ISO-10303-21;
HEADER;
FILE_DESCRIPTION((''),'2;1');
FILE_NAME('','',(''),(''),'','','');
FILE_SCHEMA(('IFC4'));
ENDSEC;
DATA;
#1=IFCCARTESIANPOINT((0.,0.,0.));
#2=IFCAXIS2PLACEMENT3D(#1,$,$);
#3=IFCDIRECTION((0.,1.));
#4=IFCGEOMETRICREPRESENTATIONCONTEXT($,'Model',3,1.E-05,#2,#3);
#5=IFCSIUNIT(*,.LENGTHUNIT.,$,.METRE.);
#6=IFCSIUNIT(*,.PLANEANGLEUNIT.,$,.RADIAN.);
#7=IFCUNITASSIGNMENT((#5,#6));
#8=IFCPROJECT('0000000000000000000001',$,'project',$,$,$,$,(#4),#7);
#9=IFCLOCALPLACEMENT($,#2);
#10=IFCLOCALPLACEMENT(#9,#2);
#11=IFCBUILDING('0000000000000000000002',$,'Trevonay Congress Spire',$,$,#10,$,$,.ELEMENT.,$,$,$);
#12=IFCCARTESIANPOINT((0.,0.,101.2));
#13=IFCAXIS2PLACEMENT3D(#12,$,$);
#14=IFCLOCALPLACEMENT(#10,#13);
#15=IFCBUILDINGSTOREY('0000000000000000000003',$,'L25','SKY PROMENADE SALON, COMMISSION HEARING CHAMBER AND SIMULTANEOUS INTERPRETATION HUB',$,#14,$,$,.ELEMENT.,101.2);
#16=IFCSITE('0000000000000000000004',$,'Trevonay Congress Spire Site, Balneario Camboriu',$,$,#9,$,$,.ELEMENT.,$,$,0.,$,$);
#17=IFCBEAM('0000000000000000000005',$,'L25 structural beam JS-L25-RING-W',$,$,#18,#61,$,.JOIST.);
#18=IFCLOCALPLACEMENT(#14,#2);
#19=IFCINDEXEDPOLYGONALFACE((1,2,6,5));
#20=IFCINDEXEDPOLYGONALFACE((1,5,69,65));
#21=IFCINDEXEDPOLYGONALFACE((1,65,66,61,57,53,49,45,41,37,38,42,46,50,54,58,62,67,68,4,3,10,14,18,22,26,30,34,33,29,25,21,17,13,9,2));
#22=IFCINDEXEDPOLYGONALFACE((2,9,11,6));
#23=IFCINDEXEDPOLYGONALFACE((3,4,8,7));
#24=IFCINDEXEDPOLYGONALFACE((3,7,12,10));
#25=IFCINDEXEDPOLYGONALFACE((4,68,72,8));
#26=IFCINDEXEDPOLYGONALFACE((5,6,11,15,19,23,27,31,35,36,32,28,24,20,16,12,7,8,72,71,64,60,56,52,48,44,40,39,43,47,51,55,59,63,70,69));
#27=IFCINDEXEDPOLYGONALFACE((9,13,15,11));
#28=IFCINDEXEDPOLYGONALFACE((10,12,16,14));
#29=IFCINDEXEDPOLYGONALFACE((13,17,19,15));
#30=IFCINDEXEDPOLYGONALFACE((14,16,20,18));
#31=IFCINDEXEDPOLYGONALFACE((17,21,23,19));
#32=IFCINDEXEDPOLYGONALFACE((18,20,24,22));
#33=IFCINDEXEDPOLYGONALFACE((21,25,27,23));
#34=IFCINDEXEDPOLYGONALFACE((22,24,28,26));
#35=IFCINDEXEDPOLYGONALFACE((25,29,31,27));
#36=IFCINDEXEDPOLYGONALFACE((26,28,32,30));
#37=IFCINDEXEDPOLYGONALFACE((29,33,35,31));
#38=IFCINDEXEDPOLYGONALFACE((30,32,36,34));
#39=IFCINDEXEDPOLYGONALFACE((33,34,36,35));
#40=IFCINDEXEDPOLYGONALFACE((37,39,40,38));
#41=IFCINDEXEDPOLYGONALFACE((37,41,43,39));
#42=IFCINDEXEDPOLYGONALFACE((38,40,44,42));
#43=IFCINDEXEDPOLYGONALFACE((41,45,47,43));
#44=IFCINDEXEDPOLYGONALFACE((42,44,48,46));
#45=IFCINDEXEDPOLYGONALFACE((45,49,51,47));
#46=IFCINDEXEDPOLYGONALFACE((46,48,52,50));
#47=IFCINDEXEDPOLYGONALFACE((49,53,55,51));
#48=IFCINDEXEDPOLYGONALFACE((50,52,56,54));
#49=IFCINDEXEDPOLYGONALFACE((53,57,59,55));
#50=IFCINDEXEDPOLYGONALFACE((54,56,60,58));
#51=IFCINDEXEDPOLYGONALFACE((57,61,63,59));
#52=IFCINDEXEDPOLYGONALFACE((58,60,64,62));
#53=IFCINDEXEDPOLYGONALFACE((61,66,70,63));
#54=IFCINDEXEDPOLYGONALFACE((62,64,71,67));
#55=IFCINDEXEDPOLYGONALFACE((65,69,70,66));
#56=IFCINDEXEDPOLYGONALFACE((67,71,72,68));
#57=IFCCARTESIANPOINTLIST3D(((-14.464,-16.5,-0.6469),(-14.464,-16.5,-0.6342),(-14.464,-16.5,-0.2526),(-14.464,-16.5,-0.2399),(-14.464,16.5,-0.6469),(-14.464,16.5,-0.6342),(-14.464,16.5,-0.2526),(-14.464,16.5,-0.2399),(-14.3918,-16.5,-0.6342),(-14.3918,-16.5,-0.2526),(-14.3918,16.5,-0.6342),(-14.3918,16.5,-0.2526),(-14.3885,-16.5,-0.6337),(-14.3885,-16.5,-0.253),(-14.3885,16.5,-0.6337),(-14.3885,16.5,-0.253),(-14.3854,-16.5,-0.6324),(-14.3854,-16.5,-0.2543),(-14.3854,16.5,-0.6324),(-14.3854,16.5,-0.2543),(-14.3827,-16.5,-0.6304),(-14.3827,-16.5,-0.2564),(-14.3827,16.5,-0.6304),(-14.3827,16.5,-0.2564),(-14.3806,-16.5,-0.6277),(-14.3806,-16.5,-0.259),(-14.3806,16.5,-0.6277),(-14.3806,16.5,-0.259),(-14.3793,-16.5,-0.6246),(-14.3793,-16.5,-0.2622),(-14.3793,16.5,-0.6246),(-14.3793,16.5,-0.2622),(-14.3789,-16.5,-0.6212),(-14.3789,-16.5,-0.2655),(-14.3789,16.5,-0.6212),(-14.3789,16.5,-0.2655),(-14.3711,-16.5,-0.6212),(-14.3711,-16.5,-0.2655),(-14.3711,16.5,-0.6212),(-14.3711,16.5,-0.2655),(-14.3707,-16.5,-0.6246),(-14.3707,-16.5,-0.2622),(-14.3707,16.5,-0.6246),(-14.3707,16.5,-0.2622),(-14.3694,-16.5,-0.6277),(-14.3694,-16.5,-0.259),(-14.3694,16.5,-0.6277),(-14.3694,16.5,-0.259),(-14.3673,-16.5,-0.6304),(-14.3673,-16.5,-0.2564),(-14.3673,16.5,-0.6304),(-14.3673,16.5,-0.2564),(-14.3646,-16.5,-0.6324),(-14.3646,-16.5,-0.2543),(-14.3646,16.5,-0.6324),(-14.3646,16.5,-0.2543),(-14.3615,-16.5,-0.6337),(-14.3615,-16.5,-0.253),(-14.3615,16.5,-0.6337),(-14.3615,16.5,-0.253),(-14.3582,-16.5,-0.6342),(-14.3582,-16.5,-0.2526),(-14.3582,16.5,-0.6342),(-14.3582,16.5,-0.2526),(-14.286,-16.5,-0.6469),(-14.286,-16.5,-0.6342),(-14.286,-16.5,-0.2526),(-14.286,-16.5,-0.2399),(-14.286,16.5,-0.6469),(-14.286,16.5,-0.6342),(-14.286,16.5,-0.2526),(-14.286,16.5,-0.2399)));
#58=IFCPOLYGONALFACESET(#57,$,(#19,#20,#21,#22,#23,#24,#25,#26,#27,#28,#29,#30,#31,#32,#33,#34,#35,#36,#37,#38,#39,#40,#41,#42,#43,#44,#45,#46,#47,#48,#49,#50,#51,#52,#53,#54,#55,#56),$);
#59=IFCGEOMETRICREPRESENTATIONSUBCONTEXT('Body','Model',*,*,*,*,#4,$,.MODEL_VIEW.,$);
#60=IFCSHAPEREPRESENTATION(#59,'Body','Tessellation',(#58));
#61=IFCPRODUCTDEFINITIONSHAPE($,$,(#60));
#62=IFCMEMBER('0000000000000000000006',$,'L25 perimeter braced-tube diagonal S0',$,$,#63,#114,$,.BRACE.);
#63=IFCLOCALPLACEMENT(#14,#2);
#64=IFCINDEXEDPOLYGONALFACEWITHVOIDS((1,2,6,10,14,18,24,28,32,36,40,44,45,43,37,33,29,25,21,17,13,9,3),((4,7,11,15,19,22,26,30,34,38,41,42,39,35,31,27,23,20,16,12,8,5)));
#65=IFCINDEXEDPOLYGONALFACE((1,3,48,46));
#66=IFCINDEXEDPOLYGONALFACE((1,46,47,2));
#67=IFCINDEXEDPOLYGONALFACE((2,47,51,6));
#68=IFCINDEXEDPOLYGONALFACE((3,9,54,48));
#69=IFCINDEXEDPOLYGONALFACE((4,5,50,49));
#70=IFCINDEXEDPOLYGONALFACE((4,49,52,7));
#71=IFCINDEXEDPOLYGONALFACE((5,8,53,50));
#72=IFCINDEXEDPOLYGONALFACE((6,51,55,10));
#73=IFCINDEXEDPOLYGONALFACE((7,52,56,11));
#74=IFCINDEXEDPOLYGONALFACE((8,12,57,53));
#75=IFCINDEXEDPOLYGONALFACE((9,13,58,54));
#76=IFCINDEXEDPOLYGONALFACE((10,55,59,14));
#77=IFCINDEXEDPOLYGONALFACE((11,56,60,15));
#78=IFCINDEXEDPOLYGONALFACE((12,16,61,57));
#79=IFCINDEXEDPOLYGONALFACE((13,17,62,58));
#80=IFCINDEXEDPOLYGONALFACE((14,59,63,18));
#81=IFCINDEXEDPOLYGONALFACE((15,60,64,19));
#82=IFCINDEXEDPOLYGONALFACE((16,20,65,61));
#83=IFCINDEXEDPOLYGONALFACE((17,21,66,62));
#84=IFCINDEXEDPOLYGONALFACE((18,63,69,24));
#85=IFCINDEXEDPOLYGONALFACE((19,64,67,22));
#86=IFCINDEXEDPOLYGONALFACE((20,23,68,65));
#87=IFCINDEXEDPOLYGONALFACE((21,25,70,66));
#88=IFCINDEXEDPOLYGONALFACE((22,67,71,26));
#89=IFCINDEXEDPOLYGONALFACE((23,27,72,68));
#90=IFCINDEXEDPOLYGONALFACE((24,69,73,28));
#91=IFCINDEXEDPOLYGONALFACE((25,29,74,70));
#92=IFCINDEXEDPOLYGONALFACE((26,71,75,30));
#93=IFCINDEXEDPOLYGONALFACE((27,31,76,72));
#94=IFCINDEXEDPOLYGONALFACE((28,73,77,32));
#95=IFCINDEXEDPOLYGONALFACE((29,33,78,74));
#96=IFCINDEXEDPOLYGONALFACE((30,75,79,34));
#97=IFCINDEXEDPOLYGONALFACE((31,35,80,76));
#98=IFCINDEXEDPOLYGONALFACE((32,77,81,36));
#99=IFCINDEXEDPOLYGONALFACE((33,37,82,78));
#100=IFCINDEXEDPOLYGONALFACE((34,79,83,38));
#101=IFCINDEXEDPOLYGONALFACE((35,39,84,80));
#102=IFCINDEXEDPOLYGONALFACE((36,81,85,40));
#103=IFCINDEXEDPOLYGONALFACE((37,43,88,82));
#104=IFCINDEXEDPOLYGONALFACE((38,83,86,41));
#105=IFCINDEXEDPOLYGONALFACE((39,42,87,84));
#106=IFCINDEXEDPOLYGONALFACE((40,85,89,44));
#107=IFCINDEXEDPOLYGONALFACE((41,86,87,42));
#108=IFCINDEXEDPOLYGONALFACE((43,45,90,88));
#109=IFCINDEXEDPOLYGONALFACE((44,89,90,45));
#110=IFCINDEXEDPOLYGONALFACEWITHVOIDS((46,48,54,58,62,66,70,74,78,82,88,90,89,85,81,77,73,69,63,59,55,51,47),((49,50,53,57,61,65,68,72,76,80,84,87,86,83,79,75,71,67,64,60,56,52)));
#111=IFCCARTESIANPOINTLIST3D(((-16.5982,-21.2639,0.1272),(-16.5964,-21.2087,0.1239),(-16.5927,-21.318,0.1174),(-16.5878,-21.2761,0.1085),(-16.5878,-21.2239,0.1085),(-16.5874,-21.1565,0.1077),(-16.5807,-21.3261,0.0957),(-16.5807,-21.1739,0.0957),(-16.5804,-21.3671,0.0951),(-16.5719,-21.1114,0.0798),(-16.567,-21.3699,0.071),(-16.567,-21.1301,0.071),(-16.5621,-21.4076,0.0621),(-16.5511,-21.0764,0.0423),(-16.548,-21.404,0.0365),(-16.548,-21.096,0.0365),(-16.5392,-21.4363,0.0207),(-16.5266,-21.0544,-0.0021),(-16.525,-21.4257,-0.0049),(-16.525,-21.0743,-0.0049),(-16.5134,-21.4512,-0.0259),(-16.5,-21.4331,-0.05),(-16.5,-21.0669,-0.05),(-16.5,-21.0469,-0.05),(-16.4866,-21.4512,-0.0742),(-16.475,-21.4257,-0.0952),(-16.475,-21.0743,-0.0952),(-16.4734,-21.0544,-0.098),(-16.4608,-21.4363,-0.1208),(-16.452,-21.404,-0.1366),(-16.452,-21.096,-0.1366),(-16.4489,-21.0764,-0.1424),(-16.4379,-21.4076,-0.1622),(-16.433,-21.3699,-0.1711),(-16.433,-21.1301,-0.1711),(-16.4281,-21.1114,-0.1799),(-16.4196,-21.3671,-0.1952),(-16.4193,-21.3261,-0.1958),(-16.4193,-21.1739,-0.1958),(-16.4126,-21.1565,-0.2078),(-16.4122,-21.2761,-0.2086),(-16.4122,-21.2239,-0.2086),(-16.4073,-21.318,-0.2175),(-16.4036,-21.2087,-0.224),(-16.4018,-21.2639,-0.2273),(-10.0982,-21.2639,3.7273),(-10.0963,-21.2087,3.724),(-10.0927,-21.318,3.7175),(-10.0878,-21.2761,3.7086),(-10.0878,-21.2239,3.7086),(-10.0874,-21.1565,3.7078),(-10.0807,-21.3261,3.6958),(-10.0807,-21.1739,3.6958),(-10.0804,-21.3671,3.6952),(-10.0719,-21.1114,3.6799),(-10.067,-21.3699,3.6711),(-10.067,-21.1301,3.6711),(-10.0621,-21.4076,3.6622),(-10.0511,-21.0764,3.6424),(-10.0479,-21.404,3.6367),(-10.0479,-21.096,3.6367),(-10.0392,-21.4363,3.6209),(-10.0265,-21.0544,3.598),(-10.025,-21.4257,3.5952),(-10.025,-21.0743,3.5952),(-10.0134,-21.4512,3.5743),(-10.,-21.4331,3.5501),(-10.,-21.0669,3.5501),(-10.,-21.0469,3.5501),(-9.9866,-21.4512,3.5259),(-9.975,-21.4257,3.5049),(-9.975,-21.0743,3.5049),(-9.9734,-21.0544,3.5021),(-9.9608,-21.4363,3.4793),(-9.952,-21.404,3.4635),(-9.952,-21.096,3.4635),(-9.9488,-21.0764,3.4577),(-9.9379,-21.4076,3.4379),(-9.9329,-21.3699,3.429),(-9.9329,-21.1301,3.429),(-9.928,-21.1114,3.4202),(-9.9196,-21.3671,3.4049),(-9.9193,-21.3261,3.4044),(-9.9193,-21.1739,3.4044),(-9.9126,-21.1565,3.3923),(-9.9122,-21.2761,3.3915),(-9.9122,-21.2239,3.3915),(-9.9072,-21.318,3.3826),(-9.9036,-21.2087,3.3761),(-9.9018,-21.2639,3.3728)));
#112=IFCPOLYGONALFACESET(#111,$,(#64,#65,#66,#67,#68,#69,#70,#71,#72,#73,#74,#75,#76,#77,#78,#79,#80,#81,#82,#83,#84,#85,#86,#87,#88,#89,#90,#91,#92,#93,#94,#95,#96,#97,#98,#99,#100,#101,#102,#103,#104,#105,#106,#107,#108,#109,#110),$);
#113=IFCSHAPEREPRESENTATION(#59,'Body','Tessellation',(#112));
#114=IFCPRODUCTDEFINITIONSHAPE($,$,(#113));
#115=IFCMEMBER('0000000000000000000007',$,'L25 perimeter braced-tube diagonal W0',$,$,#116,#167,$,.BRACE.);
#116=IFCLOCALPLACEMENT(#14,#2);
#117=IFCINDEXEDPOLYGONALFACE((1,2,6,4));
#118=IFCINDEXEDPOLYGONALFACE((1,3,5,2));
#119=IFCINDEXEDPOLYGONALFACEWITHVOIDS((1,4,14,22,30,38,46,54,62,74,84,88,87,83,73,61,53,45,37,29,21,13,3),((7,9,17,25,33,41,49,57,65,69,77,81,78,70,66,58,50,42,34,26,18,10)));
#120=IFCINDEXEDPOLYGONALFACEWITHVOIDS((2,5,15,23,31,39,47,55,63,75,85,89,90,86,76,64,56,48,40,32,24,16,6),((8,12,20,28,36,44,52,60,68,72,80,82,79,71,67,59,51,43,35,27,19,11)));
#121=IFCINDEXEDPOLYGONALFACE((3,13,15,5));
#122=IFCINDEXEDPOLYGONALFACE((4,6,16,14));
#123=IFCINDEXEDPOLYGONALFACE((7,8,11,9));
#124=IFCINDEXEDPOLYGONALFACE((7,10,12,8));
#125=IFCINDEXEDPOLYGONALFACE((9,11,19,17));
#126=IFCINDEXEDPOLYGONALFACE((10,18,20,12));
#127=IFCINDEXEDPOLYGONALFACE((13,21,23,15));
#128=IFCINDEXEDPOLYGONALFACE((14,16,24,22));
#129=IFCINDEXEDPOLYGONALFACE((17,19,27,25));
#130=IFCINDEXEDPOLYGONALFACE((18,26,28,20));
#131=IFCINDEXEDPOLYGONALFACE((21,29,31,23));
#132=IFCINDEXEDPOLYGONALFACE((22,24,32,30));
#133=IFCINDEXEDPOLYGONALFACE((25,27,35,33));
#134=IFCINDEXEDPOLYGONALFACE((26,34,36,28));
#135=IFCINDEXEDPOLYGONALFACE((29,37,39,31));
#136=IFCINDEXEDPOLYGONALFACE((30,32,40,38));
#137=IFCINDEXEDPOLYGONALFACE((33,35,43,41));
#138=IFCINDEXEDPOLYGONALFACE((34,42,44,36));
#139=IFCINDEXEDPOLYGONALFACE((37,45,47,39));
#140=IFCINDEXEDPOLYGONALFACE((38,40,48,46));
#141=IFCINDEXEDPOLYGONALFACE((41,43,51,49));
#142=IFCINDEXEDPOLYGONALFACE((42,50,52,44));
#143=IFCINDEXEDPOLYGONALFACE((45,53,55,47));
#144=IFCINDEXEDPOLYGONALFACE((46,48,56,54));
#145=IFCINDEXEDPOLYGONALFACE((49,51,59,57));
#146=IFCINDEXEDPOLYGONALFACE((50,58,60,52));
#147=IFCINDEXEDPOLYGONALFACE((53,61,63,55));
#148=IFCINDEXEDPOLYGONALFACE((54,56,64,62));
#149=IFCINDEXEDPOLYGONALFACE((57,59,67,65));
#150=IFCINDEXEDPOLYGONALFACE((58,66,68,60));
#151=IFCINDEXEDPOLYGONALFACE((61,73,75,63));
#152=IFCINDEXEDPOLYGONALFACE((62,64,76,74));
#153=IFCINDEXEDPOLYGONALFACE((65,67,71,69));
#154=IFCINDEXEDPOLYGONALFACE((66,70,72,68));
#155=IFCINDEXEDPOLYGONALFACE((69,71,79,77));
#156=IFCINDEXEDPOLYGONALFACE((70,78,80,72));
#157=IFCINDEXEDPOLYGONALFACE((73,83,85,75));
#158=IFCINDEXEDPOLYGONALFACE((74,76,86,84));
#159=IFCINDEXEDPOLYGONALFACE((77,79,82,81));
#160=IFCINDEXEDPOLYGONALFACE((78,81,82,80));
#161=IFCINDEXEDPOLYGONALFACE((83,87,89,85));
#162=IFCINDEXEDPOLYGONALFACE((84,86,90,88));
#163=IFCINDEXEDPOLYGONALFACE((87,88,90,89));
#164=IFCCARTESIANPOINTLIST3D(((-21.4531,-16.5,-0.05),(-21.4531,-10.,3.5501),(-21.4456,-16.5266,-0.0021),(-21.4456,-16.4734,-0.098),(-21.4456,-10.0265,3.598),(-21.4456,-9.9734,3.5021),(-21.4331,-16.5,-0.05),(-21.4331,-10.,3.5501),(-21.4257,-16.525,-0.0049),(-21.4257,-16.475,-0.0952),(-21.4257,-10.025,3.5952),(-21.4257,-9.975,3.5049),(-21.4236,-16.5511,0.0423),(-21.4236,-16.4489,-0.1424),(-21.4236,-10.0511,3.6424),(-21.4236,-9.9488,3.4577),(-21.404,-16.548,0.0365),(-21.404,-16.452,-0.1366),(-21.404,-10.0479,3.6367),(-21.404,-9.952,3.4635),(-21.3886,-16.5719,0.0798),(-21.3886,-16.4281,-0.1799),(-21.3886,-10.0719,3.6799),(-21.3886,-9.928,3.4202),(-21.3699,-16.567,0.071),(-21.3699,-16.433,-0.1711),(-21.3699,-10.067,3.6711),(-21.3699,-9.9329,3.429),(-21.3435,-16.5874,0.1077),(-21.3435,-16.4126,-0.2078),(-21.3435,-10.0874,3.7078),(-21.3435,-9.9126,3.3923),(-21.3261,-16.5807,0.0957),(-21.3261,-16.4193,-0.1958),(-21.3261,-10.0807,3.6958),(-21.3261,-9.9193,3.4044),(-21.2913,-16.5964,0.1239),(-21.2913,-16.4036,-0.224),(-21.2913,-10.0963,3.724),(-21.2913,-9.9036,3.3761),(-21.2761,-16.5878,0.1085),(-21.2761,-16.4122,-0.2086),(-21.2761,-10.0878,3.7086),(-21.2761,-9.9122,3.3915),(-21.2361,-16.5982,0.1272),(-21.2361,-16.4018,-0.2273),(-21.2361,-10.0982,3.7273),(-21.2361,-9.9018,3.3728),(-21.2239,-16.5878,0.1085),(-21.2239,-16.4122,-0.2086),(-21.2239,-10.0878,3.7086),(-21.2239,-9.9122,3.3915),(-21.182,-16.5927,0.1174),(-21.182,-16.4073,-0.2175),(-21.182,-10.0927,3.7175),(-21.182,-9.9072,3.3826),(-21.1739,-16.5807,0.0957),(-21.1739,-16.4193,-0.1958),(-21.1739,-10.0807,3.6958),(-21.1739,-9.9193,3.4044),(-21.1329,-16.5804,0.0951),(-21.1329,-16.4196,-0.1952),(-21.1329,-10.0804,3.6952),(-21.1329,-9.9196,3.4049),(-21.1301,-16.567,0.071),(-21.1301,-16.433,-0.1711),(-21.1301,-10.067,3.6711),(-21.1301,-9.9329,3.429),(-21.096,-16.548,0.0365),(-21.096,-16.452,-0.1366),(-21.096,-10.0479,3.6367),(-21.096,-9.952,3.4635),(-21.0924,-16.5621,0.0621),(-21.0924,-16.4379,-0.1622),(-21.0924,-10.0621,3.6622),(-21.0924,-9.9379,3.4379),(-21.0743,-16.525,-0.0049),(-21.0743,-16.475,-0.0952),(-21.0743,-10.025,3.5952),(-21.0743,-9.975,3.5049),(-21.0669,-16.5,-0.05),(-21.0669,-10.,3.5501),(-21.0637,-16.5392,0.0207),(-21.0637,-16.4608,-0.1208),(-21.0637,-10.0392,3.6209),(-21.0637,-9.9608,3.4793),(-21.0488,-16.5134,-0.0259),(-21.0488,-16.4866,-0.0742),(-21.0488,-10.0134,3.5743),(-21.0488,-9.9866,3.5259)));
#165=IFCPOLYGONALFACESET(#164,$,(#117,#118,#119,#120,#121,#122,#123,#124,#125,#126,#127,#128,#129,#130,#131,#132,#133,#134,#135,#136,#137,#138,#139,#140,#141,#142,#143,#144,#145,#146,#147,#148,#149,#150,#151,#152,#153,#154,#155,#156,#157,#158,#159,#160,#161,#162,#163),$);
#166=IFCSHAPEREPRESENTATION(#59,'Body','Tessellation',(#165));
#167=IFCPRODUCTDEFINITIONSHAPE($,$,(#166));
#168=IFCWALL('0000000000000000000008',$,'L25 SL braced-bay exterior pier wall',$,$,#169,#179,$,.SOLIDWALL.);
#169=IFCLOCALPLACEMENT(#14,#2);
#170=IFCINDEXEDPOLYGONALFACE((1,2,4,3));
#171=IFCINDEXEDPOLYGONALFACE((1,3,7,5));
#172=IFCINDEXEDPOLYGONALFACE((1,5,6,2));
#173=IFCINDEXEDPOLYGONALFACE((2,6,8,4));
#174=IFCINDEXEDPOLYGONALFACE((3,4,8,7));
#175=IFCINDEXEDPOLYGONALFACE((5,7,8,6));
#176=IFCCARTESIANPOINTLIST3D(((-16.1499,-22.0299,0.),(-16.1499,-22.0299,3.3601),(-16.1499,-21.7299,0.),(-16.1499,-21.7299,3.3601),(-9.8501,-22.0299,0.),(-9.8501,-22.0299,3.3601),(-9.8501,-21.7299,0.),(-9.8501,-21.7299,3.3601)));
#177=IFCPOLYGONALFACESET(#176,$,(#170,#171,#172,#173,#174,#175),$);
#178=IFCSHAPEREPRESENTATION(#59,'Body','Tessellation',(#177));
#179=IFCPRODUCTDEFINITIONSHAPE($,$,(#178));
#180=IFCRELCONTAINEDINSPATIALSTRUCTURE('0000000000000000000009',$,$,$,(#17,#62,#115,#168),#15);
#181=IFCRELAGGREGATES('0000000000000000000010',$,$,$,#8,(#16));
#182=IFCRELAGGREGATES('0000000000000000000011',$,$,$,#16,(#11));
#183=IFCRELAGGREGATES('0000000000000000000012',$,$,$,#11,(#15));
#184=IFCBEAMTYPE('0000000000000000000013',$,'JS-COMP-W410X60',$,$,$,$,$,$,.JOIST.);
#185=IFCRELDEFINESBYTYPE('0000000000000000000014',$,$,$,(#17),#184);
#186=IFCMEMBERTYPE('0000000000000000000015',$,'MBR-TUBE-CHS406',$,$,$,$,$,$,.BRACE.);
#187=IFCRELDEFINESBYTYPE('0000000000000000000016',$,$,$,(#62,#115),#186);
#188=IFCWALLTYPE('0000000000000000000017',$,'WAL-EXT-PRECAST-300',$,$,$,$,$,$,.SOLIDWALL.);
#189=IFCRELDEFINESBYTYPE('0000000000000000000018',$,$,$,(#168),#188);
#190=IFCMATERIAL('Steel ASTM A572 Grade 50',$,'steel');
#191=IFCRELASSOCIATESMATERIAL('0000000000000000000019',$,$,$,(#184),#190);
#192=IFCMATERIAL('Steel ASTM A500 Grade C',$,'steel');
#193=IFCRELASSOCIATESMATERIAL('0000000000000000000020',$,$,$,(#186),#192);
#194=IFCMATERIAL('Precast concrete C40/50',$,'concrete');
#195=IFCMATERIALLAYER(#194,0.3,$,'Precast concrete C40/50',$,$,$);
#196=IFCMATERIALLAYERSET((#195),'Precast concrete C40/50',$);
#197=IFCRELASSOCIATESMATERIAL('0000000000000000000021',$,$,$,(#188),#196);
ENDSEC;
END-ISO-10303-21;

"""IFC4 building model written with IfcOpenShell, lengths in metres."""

from ifc_helpers import new_model, si_unit, direction, frame, frame_2d, origin, origin_2d, place, context, subcontext, project, spatial, rectangle, hollow_circle, i_section, extrude, material, layer, layer_set, material_profile, profile_set, type_object, element, save


model = new_model("IFC4")

# Units and contexts
model_context = context("Model", 3, precision=1e-05, world=origin(), true_north=direction((0.0, 1.0)))
body_context = subcontext(model_context, "Body", "Model", "MODEL_VIEW")
ifc_project = project(units=[si_unit("LENGTHUNIT", "METRE"), si_unit("PLANEANGLEUNIT", "RADIAN")], contexts=[model_context])

# Site, building, storey
site_placement = place(None, origin())
site = spatial("IfcSite", under=ifc_project, at=site_placement, Name="Trevonay Congress Spire Site, Balneario Camboriu", CompositionType="ELEMENT", RefElevation=0.0)
building_placement = place(site_placement, origin())
building = spatial("IfcBuilding", under=site, at=building_placement, Name="Trevonay Congress Spire", CompositionType="ELEMENT")
storey_placement = place(building_placement, frame((0.0, 0.0, 101.2)))
storey = spatial("IfcBuildingStorey", under=building, at=storey_placement, Name="L25", Description="SKY PROMENADE SALON, COMMISSION HEARING CHAMBER AND SIMULTANEOUS INTERPRETATION HUB", CompositionType="ELEMENT", Elevation=101.2)

# Shared definitions
ifc_material_1 = material(Name="Steel ASTM A572 Grade 50", Category="steel")

# Beam
ifc_material_profile_1 = material_profile(ifc_material_1, i_section(OverallWidth=0.178, OverallDepth=0.407, WebThickness=0.0078, FlangeThickness=0.0127, FilletRadius=0.0129, at=origin_2d()), Name="W410x60")
ifc_profile_set_1 = profile_set([ifc_material_profile_1], Name="Steel ASTM A572 Grade 50")
beam_type_1 = type_object("IfcBeamType", Name="JS-COMP-W410X60", PredefinedType="JOIST", material=ifc_profile_set_1)
beam_placement = place(storey_placement, frame((-14.375, -16.5, -0.4434), z_axis=(0.0, 1.0, 0.0), x_axis=(-1.0, 0.0, 0.0)))
element("IfcBeam", 1, at=beam_placement, inside=storey, type_object=beam_type_1, Name="L25 structural beam JS-L25-RING-W", PredefinedType="JOIST", context=body_context, shape_type="SweptSolid", body=[
    extrude(i_section(OverallWidth=0.178, OverallDepth=0.407, WebThickness=0.0078, FlangeThickness=0.0127, FilletRadius=0.0129, at=origin_2d()), origin(), (0.0, 0.0, 1.0), 33.0),
])

# Members
ifc_material_2 = material(Name="Steel ASTM A500 Grade C", Category="steel")
ifc_material_profile_2 = material_profile(ifc_material_2, hollow_circle(Radius=0.2031, WallThickness=0.02, at=origin_2d()), Name="CHS 406.4x20")
ifc_profile_set_2 = profile_set([ifc_material_profile_2], Name="Steel ASTM A500 Grade C")
member_type_1 = type_object("IfcMemberType", Name="MBR-TUBE-CHS406", PredefinedType="BRACE", material=ifc_profile_set_2)
for number, where, z_axis, x_axis, name in (
    (2, (-16.5, -21.25, -0.05), (0.874786, 0.0, 0.48451), (0.0, 1.0, 0.0), "L25 perimeter braced-tube diagonal S0"),
    (3, (-21.25, -16.5, -0.05), (0.0, 0.874786, 0.48451), (-1.0, 0.0, 0.0), "L25 perimeter braced-tube diagonal W0"),
):
    element("IfcMember", number, at=place(storey_placement, frame(where, z_axis=z_axis, x_axis=x_axis)), inside=storey, type_object=member_type_1, Name=name, PredefinedType="BRACE", context=body_context, shape_type="SweptSolid", body=[
        extrude(hollow_circle(Radius=0.2031, WallThickness=0.02, at=origin_2d()), origin(), (0.0, 0.0, 1.0), 7.4304),
    ])

# Wall
ifc_material_3 = material(Name="Precast concrete C40/50", Category="concrete")
ifc_layer_1 = layer(ifc_material_3, 0.3, Name="Precast concrete C40/50")
ifc_layer_set_1 = layer_set([ifc_layer_1], Name="Precast concrete C40/50")
wall_type_1 = type_object("IfcWallType", Name="WAL-EXT-PRECAST-300", PredefinedType="SOLIDWALL", material=ifc_layer_set_1)
wall_1_placement = place(storey_placement, frame((-16.1499, -21.8799, 0.0), z_axis=(0.0, 0.0, 1.0), x_axis=(1.0, 0.0, 0.0)))
element("IfcWall", 4, at=wall_1_placement, inside=storey, type_object=wall_type_1, Name="L25 SL braced-bay exterior pier wall", PredefinedType="SOLIDWALL", context=body_context, shape_type="SweptSolid", body=[
    extrude(rectangle(XDim=6.2998, YDim=0.3, at=frame_2d((3.1499, 0.0))), origin(), (0.0, 0.0, 1.0), 3.3601),
])

save(model, "model.ifc")
